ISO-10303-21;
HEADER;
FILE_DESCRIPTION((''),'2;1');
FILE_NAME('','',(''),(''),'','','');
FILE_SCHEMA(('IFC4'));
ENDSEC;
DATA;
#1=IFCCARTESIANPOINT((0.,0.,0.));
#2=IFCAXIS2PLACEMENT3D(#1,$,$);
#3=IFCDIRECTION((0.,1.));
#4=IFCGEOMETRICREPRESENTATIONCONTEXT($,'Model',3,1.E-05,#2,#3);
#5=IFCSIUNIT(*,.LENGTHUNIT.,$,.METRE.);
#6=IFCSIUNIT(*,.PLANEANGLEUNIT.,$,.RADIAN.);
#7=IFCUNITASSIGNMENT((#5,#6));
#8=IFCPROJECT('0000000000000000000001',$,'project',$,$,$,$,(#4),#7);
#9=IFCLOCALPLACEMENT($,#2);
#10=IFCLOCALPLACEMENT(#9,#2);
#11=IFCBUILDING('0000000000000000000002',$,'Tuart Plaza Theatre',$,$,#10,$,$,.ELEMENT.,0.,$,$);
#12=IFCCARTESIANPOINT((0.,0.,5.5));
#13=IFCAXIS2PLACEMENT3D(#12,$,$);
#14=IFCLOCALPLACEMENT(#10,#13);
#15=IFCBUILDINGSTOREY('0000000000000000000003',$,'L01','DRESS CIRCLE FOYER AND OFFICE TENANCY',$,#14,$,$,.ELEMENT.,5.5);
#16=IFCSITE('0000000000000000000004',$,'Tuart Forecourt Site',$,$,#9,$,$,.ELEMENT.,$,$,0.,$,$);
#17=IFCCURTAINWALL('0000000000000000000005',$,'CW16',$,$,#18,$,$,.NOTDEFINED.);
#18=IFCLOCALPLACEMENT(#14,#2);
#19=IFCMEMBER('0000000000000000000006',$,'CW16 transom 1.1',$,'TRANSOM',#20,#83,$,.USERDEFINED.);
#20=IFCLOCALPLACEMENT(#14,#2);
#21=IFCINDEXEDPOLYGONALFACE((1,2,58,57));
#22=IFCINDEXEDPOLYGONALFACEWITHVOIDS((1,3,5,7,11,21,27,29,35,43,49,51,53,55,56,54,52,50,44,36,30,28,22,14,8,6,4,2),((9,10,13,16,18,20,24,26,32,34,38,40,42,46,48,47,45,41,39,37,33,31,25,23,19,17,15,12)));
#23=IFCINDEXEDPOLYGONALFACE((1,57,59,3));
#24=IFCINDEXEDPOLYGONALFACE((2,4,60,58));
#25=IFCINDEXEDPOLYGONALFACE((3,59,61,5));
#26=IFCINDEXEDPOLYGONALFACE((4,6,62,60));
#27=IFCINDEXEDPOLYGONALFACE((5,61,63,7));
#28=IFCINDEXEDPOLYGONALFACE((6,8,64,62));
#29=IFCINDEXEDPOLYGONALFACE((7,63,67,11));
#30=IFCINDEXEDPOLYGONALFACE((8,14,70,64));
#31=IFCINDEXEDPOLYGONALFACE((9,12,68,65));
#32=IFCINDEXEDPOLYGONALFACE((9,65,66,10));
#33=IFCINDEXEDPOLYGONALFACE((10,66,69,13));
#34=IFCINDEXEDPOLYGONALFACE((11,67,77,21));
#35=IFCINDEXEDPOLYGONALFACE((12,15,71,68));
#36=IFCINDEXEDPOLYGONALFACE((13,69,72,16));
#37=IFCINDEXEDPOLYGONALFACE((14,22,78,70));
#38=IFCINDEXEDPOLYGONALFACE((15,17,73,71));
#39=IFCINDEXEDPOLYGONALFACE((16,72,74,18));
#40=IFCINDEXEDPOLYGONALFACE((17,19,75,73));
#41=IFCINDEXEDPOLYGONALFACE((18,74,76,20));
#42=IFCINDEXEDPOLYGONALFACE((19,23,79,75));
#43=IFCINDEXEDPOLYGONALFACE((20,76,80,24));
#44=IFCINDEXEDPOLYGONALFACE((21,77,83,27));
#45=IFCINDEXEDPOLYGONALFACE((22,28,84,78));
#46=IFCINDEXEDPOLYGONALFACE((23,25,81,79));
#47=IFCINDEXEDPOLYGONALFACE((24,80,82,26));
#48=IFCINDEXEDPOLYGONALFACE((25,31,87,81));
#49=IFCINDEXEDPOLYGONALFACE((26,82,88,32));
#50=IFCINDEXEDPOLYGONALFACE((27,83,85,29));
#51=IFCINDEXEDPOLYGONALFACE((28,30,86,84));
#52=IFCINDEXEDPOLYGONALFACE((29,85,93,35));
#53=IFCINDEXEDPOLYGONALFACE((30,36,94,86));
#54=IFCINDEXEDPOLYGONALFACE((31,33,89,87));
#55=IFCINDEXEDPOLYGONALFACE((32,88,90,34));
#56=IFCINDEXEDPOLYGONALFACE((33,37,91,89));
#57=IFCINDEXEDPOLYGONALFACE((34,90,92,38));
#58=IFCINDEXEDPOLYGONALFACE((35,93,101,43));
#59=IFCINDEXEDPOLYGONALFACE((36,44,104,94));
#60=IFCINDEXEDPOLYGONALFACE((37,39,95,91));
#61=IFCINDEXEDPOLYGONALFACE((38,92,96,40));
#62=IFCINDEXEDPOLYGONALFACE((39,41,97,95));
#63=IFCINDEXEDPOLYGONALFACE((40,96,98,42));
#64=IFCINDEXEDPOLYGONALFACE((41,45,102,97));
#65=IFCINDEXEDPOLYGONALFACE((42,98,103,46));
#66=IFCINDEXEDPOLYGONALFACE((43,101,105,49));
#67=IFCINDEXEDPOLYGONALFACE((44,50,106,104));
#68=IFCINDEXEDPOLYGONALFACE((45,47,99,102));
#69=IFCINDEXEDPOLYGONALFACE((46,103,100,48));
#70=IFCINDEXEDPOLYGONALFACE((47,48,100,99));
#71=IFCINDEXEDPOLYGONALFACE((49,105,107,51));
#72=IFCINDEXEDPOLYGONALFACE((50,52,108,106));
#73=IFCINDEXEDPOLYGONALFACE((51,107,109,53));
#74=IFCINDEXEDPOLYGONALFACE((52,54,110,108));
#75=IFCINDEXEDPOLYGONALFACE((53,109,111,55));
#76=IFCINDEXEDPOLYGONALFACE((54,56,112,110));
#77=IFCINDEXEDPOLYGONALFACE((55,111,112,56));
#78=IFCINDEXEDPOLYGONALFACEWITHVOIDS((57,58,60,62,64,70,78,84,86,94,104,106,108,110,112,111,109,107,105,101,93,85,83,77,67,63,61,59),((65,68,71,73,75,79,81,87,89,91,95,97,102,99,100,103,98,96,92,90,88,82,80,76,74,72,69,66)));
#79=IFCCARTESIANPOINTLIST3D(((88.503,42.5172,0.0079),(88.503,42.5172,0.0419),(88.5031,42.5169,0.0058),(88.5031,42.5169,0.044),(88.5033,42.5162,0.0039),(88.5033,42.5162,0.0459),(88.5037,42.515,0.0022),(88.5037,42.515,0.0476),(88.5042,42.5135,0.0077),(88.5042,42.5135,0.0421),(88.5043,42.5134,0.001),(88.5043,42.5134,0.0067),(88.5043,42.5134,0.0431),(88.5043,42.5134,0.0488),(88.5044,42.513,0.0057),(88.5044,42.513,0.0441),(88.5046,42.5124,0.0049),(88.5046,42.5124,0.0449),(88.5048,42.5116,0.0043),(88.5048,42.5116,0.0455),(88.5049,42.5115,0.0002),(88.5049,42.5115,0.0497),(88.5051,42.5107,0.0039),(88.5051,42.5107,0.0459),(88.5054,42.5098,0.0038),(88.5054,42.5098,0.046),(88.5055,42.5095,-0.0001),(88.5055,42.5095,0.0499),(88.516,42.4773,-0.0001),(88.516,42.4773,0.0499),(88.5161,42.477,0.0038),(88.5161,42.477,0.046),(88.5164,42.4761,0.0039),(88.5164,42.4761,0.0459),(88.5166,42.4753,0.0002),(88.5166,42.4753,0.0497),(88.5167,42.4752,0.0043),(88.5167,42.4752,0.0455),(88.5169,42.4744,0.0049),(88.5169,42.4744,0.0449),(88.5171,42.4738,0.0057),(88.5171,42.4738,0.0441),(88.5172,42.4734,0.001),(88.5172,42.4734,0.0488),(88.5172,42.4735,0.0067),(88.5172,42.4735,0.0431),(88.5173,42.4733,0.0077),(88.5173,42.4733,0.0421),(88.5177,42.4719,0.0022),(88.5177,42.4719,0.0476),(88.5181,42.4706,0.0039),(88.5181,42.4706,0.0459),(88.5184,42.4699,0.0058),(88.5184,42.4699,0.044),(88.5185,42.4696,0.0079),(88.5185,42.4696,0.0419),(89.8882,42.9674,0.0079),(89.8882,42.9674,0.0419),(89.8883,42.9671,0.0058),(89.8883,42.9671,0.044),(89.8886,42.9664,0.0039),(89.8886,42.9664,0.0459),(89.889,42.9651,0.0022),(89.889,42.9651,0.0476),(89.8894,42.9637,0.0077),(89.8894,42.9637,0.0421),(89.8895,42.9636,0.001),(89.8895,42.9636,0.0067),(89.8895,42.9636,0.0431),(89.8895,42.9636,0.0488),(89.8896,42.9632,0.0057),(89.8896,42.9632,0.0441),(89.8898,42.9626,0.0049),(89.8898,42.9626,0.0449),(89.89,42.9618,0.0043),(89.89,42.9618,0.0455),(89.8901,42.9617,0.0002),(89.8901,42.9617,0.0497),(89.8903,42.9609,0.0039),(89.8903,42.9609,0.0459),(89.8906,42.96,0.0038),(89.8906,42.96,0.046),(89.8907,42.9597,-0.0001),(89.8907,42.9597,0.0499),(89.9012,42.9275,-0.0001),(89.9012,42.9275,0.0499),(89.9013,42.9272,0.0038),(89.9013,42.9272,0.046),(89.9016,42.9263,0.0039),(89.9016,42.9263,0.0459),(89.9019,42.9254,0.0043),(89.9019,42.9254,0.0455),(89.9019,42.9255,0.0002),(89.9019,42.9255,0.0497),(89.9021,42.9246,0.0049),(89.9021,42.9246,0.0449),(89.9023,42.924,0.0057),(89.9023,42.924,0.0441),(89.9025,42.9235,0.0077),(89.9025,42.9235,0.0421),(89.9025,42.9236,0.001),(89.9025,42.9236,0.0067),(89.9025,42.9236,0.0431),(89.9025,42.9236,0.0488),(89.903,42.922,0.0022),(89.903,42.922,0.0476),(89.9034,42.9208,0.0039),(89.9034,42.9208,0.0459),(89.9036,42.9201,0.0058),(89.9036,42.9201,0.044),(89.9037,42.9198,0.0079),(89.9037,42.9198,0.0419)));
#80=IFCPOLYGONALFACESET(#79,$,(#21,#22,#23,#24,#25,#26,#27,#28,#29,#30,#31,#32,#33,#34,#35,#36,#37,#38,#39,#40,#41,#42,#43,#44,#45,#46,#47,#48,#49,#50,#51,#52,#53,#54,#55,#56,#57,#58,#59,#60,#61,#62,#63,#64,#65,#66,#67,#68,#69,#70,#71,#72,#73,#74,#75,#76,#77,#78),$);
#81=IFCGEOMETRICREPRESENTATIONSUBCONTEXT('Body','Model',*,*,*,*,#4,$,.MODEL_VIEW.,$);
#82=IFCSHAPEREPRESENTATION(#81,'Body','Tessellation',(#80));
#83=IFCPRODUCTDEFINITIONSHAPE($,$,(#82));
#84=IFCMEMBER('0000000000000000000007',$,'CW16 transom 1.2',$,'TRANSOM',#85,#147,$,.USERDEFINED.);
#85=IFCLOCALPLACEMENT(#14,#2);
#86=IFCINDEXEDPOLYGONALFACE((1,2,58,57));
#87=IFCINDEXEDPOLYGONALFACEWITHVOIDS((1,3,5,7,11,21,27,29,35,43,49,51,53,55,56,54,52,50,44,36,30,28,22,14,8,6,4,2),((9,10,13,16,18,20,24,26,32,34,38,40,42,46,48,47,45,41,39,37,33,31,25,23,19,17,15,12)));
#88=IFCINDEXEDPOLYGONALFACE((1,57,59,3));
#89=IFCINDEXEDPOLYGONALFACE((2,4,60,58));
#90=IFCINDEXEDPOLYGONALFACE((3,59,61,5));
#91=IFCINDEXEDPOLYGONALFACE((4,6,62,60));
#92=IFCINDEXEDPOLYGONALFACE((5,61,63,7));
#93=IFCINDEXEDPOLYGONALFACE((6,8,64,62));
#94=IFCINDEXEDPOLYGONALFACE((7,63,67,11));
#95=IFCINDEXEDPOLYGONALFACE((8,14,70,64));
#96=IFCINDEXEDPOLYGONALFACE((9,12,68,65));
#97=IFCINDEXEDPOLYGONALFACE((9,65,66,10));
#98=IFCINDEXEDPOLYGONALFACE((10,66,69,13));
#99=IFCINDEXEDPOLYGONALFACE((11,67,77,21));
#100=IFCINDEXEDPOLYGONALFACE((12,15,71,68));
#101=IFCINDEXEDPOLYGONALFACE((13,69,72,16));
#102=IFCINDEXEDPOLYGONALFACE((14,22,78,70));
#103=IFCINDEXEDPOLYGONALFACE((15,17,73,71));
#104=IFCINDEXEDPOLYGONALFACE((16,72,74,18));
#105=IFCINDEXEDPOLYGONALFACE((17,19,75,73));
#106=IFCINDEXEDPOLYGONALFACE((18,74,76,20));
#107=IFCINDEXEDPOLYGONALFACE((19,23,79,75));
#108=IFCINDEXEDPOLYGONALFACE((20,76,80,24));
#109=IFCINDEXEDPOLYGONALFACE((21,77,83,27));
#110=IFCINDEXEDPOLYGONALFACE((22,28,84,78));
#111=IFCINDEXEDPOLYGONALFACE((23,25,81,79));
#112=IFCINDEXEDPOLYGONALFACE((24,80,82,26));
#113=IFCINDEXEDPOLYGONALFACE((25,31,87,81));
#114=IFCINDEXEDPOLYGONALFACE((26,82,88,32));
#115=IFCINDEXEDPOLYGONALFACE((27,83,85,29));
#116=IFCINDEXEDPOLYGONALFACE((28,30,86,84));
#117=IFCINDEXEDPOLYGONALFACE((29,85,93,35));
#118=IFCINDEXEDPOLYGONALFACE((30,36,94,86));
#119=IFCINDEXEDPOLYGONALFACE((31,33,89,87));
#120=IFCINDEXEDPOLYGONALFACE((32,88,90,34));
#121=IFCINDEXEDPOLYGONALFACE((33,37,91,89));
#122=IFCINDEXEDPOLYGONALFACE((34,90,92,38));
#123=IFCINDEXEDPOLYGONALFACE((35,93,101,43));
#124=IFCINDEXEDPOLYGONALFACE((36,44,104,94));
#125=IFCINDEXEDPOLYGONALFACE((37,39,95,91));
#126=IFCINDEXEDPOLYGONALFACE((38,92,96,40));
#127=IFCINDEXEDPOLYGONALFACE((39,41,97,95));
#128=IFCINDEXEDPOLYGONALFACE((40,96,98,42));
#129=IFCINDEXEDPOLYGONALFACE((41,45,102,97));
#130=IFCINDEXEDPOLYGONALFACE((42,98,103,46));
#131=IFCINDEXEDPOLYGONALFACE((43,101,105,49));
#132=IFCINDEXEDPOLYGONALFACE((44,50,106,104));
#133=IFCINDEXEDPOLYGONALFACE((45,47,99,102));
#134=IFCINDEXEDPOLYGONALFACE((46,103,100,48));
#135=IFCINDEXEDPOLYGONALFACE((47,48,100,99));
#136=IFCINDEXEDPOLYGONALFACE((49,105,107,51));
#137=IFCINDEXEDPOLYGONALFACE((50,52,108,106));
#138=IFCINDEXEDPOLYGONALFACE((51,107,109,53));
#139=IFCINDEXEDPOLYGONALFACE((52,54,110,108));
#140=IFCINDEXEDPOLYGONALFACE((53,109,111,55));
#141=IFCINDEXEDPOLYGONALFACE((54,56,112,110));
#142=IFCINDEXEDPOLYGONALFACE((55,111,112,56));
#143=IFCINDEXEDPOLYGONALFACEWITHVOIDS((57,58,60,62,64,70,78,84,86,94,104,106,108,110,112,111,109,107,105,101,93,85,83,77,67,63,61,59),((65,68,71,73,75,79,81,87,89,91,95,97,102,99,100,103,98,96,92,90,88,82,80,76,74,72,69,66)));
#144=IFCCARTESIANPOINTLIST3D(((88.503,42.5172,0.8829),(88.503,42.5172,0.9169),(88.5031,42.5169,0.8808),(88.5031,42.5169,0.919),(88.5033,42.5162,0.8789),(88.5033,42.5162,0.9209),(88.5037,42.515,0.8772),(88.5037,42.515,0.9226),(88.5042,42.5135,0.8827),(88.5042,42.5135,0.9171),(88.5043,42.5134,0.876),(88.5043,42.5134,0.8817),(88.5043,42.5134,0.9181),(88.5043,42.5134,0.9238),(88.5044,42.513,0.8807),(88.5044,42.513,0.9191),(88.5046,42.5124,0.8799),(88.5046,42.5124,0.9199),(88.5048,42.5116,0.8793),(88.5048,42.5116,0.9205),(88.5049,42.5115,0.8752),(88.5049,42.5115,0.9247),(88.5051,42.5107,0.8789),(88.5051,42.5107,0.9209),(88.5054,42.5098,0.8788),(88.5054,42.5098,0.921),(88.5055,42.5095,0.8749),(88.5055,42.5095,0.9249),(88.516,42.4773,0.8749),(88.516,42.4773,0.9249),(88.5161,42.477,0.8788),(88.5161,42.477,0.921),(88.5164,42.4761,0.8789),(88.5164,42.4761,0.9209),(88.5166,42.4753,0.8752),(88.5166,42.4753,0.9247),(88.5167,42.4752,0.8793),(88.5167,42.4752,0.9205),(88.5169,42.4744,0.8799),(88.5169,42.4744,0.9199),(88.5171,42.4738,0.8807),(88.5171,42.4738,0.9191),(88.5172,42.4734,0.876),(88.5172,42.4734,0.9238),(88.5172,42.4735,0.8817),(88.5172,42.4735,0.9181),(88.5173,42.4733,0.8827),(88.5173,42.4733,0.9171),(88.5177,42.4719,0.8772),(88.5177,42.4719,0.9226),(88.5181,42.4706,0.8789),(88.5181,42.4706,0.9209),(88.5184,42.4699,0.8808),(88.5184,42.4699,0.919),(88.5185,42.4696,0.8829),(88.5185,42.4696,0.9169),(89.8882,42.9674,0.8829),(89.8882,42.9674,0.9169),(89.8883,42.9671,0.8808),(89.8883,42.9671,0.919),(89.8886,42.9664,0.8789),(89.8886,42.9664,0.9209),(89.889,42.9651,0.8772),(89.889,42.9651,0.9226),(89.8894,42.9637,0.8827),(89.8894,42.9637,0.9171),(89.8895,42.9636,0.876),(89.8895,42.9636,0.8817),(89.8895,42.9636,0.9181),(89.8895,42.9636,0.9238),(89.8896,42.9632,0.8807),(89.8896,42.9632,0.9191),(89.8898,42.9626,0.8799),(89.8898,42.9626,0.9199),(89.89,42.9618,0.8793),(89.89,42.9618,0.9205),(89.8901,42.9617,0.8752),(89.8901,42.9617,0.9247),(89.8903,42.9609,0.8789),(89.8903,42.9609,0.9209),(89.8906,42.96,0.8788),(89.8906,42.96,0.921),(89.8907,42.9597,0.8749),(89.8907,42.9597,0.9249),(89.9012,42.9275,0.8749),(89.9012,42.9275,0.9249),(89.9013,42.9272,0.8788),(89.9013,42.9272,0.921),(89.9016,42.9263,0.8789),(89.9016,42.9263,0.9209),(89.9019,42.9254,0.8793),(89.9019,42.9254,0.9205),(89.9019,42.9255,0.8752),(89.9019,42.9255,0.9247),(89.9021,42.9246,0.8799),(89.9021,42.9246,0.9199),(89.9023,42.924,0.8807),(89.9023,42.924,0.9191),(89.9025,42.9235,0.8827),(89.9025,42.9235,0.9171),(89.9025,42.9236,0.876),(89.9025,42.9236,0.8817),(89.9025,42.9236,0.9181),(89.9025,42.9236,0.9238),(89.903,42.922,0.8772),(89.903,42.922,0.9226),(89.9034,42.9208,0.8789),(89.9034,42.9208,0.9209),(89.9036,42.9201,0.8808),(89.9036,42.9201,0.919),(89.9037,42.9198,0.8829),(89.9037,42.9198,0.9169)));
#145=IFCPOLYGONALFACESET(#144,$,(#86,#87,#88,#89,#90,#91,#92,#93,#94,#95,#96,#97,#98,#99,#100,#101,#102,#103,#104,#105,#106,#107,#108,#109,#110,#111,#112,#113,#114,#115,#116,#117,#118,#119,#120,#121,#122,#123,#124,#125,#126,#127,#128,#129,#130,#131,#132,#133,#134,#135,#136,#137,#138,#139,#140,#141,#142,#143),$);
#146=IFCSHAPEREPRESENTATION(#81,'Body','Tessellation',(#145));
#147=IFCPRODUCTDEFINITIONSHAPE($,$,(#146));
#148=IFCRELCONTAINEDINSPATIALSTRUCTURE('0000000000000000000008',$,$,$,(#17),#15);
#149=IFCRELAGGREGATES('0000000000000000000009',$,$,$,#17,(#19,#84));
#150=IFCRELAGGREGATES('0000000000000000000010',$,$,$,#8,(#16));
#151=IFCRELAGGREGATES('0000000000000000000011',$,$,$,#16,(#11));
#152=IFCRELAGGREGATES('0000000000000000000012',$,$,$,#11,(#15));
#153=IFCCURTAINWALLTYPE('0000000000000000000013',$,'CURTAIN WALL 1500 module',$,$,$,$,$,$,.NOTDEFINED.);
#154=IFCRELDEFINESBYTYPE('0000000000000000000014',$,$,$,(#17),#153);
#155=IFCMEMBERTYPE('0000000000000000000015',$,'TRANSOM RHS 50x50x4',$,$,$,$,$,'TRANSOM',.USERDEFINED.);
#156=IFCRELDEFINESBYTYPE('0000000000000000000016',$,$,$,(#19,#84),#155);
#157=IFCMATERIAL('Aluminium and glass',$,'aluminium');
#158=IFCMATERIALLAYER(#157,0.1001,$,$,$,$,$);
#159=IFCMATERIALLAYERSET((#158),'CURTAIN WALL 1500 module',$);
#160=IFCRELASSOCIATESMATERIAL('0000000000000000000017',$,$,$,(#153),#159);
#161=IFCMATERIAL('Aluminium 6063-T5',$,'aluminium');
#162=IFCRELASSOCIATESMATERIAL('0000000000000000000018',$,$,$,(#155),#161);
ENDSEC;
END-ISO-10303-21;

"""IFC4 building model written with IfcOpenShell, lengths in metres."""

from ifc_helpers import new_model, si_unit, direction, frame, origin, origin_2d, place, context, subcontext, project, spatial, hollow_rectangle, extrude, material, layer, layer_set, material_profile, profile_set, type_object, element, aggregate, save


model = new_model("IFC4")

# Units and contexts
model_context = context("Model", 3, precision=1e-05, world=origin(), true_north=direction((0.0, 1.0)))
body_context = subcontext(model_context, "Body", "Model", "MODEL_VIEW")
ifc_project = project(units=[si_unit("LENGTHUNIT", "METRE"), si_unit("PLANEANGLEUNIT", "RADIAN")], contexts=[model_context])

# Site, building, storey
site_placement = place(None, origin())
site = spatial("IfcSite", under=ifc_project, at=site_placement, Name="Tuart Forecourt Site", CompositionType="ELEMENT", RefElevation=0.0)
building_placement = place(site_placement, origin())
building = spatial("IfcBuilding", under=site, at=building_placement, Name="Tuart Plaza Theatre", CompositionType="ELEMENT", ElevationOfRefHeight=0.0)
storey_placement = place(building_placement, frame((0.0, 0.0, 5.5)))
storey = spatial("IfcBuildingStorey", under=building, at=storey_placement, Name="L01", Description="DRESS CIRCLE FOYER AND OFFICE TENANCY", CompositionType="ELEMENT", Elevation=5.5)

# Shared definitions
ifc_material_1 = material(Name="Aluminium and glass", Category="aluminium")
ifc_layer_1 = layer(ifc_material_1, 0.1001)
ifc_layer_set_1 = layer_set([ifc_layer_1], Name="CURTAIN WALL 1500 module")
curtain_wall_type = type_object("IfcCurtainWallType", Name="CURTAIN WALL 1500 module", PredefinedType="NOTDEFINED", material=ifc_layer_set_1)

# Curtain wall
curtain_wall_1_placement = place(storey_placement, origin())
curtain_wall_1 = element("IfcCurtainWall", 1, at=curtain_wall_1_placement, inside=storey, type_object=curtain_wall_type, Name="CW16", PredefinedType="NOTDEFINED")

# Members
ifc_material_2 = material(Name="Aluminium 6063-T5", Category="aluminium")
ifc_material_profile_1 = material_profile(ifc_material_2, hollow_rectangle(XDim=0.05, YDim=0.05, WallThickness=0.0039, InnerFilletRadius=0.0039, OuterFilletRadius=0.0081, at=origin_2d()), Name="RHS 50x50x4")
ifc_profile_set_1 = profile_set([ifc_material_profile_1], Name="Aluminium 6063-T5")
member_type_1 = type_object("IfcMemberType", Name="TRANSOM RHS 50x50x4", ElementType="TRANSOM", PredefinedType="USERDEFINED", material=ifc_profile_set_1)
member_1_placement = place(storey_placement, frame((88.5107, 42.4934, 0.0249), z_axis=(0.951037, 0.309078, 0.0), x_axis=(-0.309078, 0.951037, 0.0)))
member_1 = element("IfcMember", 2, at=member_1_placement, type_object=member_type_1, Name="CW16 transom 1.1", ObjectType="TRANSOM", PredefinedType="USERDEFINED", context=body_context, shape_type="SweptSolid", body=[
    extrude(hollow_rectangle(XDim=0.05, YDim=0.05, WallThickness=0.0039, InnerFilletRadius=0.0039, OuterFilletRadius=0.0081, at=origin_2d()), origin(), (0.0, 0.0, 1.0), 1.4565),
])
member_2_placement = place(storey_placement, frame((88.5107, 42.4934, 0.8999), z_axis=(0.951037, 0.309078, 0.0), x_axis=(-0.309078, 0.951037, 0.0)))
member_2 = element("IfcMember", 3, at=member_2_placement, type_object=member_type_1, Name="CW16 transom 1.2", ObjectType="TRANSOM", PredefinedType="USERDEFINED", context=body_context, shape_type="SweptSolid", body=[
    extrude(hollow_rectangle(XDim=0.05, YDim=0.05, WallThickness=0.0039, InnerFilletRadius=0.0039, OuterFilletRadius=0.0081, at=origin_2d()), origin(), (0.0, 0.0, 1.0), 1.4565),
])

aggregate(curtain_wall_1, [member_1, member_2])

save(model, "model.ifc")
